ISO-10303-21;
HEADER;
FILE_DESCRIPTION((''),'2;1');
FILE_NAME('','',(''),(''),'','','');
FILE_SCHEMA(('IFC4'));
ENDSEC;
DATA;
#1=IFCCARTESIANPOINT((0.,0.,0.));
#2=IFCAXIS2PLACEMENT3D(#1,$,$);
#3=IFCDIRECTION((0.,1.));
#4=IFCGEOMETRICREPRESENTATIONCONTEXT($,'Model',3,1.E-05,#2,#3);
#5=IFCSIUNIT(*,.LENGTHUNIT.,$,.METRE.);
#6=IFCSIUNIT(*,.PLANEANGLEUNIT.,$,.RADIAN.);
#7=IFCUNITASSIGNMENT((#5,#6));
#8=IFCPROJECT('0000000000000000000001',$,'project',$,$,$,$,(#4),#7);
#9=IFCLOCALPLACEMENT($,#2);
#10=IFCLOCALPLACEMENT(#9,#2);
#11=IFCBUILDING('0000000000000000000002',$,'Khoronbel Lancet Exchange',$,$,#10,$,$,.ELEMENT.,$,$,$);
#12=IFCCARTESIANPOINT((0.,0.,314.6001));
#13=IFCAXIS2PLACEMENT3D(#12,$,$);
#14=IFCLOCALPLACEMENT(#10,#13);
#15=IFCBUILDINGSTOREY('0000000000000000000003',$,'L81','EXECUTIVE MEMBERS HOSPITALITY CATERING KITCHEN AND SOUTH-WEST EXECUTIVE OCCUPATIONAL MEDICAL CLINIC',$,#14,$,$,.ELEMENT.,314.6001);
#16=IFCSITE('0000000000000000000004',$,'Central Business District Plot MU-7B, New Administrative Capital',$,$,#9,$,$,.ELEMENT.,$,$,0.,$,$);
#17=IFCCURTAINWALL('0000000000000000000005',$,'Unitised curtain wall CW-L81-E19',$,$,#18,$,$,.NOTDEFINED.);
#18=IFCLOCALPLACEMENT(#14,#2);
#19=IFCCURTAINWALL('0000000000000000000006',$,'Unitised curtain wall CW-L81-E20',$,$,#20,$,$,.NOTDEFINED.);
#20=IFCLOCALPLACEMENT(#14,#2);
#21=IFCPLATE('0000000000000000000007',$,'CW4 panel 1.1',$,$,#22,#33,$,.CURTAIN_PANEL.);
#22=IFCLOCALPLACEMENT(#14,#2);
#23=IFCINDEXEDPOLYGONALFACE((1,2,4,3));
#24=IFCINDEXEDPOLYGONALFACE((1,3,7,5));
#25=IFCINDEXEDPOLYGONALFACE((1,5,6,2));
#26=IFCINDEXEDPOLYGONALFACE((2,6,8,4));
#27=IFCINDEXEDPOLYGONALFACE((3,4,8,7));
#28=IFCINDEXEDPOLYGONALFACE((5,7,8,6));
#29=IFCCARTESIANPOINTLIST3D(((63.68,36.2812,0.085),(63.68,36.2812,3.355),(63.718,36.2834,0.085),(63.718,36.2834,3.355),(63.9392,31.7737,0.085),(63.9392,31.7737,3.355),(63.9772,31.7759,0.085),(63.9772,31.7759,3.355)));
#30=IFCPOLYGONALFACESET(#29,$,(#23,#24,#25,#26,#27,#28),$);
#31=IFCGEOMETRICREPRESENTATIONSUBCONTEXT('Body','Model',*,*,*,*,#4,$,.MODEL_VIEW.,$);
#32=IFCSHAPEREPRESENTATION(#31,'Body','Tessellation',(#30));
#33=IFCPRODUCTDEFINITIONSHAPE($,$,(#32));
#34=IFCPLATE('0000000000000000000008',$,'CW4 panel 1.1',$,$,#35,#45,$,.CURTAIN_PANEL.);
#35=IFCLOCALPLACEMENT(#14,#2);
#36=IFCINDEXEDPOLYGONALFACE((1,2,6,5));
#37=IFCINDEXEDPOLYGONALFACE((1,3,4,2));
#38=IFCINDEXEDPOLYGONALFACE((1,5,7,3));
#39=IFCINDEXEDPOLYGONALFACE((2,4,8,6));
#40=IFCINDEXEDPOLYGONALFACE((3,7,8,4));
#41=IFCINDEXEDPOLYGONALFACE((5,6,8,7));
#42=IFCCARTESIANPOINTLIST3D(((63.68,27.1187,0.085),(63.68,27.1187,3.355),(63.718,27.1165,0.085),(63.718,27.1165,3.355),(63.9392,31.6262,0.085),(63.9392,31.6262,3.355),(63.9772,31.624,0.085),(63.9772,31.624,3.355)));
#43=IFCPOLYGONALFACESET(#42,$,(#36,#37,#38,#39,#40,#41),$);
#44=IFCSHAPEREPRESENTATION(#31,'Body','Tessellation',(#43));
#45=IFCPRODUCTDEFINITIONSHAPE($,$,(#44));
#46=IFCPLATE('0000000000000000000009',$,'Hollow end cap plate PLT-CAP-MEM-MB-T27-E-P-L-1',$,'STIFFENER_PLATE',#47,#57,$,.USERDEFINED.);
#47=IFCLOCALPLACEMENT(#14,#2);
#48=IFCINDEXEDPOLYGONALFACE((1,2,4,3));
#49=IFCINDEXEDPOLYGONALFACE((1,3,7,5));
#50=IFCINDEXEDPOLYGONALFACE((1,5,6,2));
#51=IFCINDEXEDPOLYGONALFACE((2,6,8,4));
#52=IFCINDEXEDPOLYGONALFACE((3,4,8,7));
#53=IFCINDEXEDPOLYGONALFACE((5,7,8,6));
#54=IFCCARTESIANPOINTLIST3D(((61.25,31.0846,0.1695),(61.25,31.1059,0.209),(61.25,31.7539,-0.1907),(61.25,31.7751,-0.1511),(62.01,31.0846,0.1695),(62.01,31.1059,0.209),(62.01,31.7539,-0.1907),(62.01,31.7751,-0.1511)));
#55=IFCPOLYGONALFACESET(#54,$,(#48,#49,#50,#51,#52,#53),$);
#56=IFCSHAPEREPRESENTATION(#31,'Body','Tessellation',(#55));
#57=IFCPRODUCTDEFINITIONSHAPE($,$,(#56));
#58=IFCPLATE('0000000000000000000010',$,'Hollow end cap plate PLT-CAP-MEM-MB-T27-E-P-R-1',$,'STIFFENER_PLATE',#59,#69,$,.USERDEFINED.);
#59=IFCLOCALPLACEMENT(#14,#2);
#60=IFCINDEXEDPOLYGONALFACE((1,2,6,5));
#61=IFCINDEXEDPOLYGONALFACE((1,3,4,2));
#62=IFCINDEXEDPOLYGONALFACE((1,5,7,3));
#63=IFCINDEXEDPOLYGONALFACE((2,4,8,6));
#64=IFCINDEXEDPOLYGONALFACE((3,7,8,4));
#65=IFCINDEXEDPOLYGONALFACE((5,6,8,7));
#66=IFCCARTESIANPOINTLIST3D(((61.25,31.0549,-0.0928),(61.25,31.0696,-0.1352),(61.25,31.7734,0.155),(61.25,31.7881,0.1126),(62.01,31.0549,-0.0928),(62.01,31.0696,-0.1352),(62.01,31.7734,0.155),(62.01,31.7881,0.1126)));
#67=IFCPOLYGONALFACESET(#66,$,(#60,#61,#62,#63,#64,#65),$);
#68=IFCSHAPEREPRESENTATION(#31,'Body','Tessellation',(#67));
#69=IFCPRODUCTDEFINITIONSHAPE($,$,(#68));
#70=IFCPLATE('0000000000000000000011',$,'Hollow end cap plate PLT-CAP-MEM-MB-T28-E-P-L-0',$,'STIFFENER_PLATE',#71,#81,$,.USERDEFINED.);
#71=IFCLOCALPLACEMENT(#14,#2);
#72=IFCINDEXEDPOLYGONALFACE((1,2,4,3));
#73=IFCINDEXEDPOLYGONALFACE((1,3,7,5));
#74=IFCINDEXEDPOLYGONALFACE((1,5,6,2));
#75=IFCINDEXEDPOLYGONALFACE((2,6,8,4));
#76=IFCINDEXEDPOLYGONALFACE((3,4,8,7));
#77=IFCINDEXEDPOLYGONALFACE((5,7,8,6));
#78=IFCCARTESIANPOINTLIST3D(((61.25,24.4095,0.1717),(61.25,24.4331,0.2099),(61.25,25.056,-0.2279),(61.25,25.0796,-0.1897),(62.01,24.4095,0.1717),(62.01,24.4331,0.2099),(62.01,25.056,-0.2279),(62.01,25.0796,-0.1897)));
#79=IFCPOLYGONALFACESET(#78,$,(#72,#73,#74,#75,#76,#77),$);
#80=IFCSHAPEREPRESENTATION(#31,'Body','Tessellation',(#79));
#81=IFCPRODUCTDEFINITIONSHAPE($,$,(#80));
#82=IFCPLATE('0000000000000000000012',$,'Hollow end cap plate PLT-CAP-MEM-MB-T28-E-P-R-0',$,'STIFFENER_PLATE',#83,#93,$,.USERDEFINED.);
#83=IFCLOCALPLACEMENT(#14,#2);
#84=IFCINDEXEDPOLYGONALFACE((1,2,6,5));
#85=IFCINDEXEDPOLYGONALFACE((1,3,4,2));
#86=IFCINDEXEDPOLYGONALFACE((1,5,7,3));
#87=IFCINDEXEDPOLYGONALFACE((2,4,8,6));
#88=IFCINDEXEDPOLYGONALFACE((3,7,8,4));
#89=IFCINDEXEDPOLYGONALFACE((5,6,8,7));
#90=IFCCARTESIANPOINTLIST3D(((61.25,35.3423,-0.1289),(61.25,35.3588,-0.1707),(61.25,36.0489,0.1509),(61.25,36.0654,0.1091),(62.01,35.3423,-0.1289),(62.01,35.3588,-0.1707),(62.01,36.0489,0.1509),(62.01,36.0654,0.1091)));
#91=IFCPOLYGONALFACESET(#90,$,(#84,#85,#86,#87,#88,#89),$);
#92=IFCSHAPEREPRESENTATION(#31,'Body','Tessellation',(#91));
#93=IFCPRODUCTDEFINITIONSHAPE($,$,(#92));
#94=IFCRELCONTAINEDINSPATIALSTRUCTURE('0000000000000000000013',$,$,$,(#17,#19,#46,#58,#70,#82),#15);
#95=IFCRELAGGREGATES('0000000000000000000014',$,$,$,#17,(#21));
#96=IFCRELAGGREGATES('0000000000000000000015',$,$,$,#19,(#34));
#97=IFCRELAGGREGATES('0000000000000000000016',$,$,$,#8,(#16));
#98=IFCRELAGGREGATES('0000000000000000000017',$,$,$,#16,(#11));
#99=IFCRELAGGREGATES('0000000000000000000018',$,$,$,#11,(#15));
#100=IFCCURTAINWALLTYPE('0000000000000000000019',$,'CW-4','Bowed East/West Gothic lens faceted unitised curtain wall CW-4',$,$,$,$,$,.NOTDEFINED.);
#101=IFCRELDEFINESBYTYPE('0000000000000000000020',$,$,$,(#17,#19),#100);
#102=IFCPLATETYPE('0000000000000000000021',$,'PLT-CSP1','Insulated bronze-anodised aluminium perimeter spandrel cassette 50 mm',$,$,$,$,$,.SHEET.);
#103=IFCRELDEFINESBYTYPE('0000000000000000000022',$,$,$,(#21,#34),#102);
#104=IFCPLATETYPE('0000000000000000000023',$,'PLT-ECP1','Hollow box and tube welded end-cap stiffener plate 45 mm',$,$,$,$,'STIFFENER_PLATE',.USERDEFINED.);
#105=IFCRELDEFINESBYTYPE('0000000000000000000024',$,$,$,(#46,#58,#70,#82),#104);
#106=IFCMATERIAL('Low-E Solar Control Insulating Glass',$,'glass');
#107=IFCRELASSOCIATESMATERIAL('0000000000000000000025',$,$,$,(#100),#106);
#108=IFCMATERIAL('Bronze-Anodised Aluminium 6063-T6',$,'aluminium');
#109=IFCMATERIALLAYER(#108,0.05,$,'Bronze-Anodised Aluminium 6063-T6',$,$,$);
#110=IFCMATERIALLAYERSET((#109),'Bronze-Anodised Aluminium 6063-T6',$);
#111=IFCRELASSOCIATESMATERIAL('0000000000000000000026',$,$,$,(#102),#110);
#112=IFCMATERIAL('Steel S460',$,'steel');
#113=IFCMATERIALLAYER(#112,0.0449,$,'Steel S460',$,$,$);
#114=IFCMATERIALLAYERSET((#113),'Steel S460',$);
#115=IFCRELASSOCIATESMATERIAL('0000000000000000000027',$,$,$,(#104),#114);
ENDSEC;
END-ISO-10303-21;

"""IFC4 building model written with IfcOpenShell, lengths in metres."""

from ifc_helpers import new_model, si_unit, direction, frame, origin, origin_2d, place, context, subcontext, project, spatial, polyline, rectangle, outline, extrude, material, layer, layer_set, type_object, element, aggregate, save


model = new_model("IFC4")

# Units and contexts
model_context = context("Model", 3, precision=1e-05, world=origin(), true_north=direction((0.0, 1.0)))
body_context = subcontext(model_context, "Body", "Model", "MODEL_VIEW")
ifc_project = project(units=[si_unit("LENGTHUNIT", "METRE"), si_unit("PLANEANGLEUNIT", "RADIAN")], contexts=[model_context])

# Site, building, storey
site_placement = place(None, origin())
site = spatial("IfcSite", under=ifc_project, at=site_placement, Name="Central Business District Plot MU-7B, New Administrative Capital", CompositionType="ELEMENT", RefElevation=0.0)
building_placement = place(site_placement, origin())
building = spatial("IfcBuilding", under=site, at=building_placement, Name="Khoronbel Lancet Exchange", CompositionType="ELEMENT")
storey_placement = place(building_placement, frame((0.0, 0.0, 314.6001)))
storey = spatial("IfcBuildingStorey", under=building, at=storey_placement, Name="L81", Description="EXECUTIVE MEMBERS HOSPITALITY CATERING KITCHEN AND SOUTH-WEST EXECUTIVE OCCUPATIONAL MEDICAL CLINIC", CompositionType="ELEMENT", Elevation=314.6001)

# Curtain walls
ifc_material_1 = material(Name="Low-E Solar Control Insulating Glass", Category="glass")
curtain_wall_type = type_object("IfcCurtainWallType", Name="CW-4", Description="Bowed East/West Gothic lens faceted unitised curtain wall CW-4", PredefinedType="NOTDEFINED", material=ifc_material_1)
curtain_wall_1_placement = place(storey_placement, origin())
curtain_wall_1 = element("IfcCurtainWall", 1, at=curtain_wall_1_placement, inside=storey, type_object=curtain_wall_type, Name="Unitised curtain wall CW-L81-E19", PredefinedType="NOTDEFINED")
ifc_material_2 = material(Name="Bronze-Anodised Aluminium 6063-T6", Category="aluminium")
curtain_wall_2_placement = place(storey_placement, origin())
curtain_wall_2 = element("IfcCurtainWall", 2, at=curtain_wall_2_placement, inside=storey, type_object=curtain_wall_type, Name="Unitised curtain wall CW-L81-E20", PredefinedType="NOTDEFINED")

# Shared definitions
ifc_material_3 = material(Name="Steel S460", Category="steel")

# Plates
ifc_layer_1 = layer(ifc_material_2, 0.05, Name="Bronze-Anodised Aluminium 6063-T6")
ifc_layer_set_1 = layer_set([ifc_layer_1], Name="Bronze-Anodised Aluminium 6063-T6")
plate_type_1 = type_object("IfcPlateType", Name="PLT-CSP1", Description="Insulated bronze-anodised aluminium perimeter spandrel cassette 50 mm", PredefinedType="SHEET", material=ifc_layer_set_1)
plate_1_placement = place(storey_placement, frame((63.8286, 34.0286, 0.085), z_axis=(0.0, 0.0, 1.0), x_axis=(0.057409, -0.998351, 0.0)))
plate_1 = element("IfcPlate", 3, at=plate_1_placement, type_object=plate_type_1, Name="CW4 panel 1.1", PredefinedType="CURTAIN_PANEL", context=body_context, shape_type="SweptSolid", body=[
    extrude(rectangle(XDim=4.5149, YDim=0.0381, at=origin_2d()), origin(), (0.0, 0.0, 1.0), 3.27),
])
aggregate(curtain_wall_1, [plate_1])
plate_2_placement = place(storey_placement, frame((63.8286, 29.3713, 0.085), z_axis=(0.0, 0.0, 1.0), x_axis=(-0.057409, -0.998351, 0.0)))
plate_2 = element("IfcPlate", 4, at=plate_2_placement, type_object=plate_type_1, Name="CW4 panel 1.1", PredefinedType="CURTAIN_PANEL", context=body_context, shape_type="SweptSolid", body=[
    extrude(rectangle(XDim=4.5149, YDim=0.0381, at=origin_2d()), origin(), (0.0, 0.0, 1.0), 3.27),
])
aggregate(curtain_wall_2, [plate_2])

# Plates
ifc_layer_2 = layer(ifc_material_3, 0.0449, Name="Steel S460")
ifc_layer_set_2 = layer_set([ifc_layer_2], Name="Steel S460")
plate_type_2 = type_object("IfcPlateType", Name="PLT-ECP1", Description="Hollow box and tube welded end-cap stiffener plate 45 mm", ElementType="STIFFENER_PLATE", PredefinedType="USERDEFINED", material=ifc_layer_set_2)
for number, where, z_axis, x_axis, name in (
    (5, (62.01, 31.7751, -0.1511), (0.0, 0.47387, 0.880595), (-1.0, 0.0, 0.0), "Hollow end cap plate PLT-CAP-MEM-MB-T27-E-P-L-1"),
    (6, (61.25, 31.0549, -0.0928), (0.0, -0.32604, 0.945356), (1.0, 0.0, 0.0), "Hollow end cap plate PLT-CAP-MEM-MB-T27-E-P-R-1"),
    (7, (62.01, 25.0796, -0.1897), (0.0, 0.525835, 0.850587), (-1.0, 0.0, 0.0), "Hollow end cap plate PLT-CAP-MEM-MB-T28-E-P-L-0"),
    (8, (61.25, 35.3423, -0.1289), (0.0, -0.368176, 0.929756), (1.0, 0.0, 0.0), "Hollow end cap plate PLT-CAP-MEM-MB-T28-E-P-R-0"),
):
    element("IfcPlate", number, at=place(storey_placement, frame(where, z_axis=z_axis, x_axis=x_axis)), inside=storey, type_object=plate_type_2, Name=name, ObjectType="STIFFENER_PLATE", PredefinedType="USERDEFINED", context=body_context, shape_type="SweptSolid", body=[
        extrude(outline(polyline([(0.0, 0.0), (0.76, 0.0), (0.76, 0.76), (0.0, 0.76), (0.0, 0.0)])), origin(), (0.0, 0.0, -1.0), 0.0449),
    ])

save(model, "model.ifc")
